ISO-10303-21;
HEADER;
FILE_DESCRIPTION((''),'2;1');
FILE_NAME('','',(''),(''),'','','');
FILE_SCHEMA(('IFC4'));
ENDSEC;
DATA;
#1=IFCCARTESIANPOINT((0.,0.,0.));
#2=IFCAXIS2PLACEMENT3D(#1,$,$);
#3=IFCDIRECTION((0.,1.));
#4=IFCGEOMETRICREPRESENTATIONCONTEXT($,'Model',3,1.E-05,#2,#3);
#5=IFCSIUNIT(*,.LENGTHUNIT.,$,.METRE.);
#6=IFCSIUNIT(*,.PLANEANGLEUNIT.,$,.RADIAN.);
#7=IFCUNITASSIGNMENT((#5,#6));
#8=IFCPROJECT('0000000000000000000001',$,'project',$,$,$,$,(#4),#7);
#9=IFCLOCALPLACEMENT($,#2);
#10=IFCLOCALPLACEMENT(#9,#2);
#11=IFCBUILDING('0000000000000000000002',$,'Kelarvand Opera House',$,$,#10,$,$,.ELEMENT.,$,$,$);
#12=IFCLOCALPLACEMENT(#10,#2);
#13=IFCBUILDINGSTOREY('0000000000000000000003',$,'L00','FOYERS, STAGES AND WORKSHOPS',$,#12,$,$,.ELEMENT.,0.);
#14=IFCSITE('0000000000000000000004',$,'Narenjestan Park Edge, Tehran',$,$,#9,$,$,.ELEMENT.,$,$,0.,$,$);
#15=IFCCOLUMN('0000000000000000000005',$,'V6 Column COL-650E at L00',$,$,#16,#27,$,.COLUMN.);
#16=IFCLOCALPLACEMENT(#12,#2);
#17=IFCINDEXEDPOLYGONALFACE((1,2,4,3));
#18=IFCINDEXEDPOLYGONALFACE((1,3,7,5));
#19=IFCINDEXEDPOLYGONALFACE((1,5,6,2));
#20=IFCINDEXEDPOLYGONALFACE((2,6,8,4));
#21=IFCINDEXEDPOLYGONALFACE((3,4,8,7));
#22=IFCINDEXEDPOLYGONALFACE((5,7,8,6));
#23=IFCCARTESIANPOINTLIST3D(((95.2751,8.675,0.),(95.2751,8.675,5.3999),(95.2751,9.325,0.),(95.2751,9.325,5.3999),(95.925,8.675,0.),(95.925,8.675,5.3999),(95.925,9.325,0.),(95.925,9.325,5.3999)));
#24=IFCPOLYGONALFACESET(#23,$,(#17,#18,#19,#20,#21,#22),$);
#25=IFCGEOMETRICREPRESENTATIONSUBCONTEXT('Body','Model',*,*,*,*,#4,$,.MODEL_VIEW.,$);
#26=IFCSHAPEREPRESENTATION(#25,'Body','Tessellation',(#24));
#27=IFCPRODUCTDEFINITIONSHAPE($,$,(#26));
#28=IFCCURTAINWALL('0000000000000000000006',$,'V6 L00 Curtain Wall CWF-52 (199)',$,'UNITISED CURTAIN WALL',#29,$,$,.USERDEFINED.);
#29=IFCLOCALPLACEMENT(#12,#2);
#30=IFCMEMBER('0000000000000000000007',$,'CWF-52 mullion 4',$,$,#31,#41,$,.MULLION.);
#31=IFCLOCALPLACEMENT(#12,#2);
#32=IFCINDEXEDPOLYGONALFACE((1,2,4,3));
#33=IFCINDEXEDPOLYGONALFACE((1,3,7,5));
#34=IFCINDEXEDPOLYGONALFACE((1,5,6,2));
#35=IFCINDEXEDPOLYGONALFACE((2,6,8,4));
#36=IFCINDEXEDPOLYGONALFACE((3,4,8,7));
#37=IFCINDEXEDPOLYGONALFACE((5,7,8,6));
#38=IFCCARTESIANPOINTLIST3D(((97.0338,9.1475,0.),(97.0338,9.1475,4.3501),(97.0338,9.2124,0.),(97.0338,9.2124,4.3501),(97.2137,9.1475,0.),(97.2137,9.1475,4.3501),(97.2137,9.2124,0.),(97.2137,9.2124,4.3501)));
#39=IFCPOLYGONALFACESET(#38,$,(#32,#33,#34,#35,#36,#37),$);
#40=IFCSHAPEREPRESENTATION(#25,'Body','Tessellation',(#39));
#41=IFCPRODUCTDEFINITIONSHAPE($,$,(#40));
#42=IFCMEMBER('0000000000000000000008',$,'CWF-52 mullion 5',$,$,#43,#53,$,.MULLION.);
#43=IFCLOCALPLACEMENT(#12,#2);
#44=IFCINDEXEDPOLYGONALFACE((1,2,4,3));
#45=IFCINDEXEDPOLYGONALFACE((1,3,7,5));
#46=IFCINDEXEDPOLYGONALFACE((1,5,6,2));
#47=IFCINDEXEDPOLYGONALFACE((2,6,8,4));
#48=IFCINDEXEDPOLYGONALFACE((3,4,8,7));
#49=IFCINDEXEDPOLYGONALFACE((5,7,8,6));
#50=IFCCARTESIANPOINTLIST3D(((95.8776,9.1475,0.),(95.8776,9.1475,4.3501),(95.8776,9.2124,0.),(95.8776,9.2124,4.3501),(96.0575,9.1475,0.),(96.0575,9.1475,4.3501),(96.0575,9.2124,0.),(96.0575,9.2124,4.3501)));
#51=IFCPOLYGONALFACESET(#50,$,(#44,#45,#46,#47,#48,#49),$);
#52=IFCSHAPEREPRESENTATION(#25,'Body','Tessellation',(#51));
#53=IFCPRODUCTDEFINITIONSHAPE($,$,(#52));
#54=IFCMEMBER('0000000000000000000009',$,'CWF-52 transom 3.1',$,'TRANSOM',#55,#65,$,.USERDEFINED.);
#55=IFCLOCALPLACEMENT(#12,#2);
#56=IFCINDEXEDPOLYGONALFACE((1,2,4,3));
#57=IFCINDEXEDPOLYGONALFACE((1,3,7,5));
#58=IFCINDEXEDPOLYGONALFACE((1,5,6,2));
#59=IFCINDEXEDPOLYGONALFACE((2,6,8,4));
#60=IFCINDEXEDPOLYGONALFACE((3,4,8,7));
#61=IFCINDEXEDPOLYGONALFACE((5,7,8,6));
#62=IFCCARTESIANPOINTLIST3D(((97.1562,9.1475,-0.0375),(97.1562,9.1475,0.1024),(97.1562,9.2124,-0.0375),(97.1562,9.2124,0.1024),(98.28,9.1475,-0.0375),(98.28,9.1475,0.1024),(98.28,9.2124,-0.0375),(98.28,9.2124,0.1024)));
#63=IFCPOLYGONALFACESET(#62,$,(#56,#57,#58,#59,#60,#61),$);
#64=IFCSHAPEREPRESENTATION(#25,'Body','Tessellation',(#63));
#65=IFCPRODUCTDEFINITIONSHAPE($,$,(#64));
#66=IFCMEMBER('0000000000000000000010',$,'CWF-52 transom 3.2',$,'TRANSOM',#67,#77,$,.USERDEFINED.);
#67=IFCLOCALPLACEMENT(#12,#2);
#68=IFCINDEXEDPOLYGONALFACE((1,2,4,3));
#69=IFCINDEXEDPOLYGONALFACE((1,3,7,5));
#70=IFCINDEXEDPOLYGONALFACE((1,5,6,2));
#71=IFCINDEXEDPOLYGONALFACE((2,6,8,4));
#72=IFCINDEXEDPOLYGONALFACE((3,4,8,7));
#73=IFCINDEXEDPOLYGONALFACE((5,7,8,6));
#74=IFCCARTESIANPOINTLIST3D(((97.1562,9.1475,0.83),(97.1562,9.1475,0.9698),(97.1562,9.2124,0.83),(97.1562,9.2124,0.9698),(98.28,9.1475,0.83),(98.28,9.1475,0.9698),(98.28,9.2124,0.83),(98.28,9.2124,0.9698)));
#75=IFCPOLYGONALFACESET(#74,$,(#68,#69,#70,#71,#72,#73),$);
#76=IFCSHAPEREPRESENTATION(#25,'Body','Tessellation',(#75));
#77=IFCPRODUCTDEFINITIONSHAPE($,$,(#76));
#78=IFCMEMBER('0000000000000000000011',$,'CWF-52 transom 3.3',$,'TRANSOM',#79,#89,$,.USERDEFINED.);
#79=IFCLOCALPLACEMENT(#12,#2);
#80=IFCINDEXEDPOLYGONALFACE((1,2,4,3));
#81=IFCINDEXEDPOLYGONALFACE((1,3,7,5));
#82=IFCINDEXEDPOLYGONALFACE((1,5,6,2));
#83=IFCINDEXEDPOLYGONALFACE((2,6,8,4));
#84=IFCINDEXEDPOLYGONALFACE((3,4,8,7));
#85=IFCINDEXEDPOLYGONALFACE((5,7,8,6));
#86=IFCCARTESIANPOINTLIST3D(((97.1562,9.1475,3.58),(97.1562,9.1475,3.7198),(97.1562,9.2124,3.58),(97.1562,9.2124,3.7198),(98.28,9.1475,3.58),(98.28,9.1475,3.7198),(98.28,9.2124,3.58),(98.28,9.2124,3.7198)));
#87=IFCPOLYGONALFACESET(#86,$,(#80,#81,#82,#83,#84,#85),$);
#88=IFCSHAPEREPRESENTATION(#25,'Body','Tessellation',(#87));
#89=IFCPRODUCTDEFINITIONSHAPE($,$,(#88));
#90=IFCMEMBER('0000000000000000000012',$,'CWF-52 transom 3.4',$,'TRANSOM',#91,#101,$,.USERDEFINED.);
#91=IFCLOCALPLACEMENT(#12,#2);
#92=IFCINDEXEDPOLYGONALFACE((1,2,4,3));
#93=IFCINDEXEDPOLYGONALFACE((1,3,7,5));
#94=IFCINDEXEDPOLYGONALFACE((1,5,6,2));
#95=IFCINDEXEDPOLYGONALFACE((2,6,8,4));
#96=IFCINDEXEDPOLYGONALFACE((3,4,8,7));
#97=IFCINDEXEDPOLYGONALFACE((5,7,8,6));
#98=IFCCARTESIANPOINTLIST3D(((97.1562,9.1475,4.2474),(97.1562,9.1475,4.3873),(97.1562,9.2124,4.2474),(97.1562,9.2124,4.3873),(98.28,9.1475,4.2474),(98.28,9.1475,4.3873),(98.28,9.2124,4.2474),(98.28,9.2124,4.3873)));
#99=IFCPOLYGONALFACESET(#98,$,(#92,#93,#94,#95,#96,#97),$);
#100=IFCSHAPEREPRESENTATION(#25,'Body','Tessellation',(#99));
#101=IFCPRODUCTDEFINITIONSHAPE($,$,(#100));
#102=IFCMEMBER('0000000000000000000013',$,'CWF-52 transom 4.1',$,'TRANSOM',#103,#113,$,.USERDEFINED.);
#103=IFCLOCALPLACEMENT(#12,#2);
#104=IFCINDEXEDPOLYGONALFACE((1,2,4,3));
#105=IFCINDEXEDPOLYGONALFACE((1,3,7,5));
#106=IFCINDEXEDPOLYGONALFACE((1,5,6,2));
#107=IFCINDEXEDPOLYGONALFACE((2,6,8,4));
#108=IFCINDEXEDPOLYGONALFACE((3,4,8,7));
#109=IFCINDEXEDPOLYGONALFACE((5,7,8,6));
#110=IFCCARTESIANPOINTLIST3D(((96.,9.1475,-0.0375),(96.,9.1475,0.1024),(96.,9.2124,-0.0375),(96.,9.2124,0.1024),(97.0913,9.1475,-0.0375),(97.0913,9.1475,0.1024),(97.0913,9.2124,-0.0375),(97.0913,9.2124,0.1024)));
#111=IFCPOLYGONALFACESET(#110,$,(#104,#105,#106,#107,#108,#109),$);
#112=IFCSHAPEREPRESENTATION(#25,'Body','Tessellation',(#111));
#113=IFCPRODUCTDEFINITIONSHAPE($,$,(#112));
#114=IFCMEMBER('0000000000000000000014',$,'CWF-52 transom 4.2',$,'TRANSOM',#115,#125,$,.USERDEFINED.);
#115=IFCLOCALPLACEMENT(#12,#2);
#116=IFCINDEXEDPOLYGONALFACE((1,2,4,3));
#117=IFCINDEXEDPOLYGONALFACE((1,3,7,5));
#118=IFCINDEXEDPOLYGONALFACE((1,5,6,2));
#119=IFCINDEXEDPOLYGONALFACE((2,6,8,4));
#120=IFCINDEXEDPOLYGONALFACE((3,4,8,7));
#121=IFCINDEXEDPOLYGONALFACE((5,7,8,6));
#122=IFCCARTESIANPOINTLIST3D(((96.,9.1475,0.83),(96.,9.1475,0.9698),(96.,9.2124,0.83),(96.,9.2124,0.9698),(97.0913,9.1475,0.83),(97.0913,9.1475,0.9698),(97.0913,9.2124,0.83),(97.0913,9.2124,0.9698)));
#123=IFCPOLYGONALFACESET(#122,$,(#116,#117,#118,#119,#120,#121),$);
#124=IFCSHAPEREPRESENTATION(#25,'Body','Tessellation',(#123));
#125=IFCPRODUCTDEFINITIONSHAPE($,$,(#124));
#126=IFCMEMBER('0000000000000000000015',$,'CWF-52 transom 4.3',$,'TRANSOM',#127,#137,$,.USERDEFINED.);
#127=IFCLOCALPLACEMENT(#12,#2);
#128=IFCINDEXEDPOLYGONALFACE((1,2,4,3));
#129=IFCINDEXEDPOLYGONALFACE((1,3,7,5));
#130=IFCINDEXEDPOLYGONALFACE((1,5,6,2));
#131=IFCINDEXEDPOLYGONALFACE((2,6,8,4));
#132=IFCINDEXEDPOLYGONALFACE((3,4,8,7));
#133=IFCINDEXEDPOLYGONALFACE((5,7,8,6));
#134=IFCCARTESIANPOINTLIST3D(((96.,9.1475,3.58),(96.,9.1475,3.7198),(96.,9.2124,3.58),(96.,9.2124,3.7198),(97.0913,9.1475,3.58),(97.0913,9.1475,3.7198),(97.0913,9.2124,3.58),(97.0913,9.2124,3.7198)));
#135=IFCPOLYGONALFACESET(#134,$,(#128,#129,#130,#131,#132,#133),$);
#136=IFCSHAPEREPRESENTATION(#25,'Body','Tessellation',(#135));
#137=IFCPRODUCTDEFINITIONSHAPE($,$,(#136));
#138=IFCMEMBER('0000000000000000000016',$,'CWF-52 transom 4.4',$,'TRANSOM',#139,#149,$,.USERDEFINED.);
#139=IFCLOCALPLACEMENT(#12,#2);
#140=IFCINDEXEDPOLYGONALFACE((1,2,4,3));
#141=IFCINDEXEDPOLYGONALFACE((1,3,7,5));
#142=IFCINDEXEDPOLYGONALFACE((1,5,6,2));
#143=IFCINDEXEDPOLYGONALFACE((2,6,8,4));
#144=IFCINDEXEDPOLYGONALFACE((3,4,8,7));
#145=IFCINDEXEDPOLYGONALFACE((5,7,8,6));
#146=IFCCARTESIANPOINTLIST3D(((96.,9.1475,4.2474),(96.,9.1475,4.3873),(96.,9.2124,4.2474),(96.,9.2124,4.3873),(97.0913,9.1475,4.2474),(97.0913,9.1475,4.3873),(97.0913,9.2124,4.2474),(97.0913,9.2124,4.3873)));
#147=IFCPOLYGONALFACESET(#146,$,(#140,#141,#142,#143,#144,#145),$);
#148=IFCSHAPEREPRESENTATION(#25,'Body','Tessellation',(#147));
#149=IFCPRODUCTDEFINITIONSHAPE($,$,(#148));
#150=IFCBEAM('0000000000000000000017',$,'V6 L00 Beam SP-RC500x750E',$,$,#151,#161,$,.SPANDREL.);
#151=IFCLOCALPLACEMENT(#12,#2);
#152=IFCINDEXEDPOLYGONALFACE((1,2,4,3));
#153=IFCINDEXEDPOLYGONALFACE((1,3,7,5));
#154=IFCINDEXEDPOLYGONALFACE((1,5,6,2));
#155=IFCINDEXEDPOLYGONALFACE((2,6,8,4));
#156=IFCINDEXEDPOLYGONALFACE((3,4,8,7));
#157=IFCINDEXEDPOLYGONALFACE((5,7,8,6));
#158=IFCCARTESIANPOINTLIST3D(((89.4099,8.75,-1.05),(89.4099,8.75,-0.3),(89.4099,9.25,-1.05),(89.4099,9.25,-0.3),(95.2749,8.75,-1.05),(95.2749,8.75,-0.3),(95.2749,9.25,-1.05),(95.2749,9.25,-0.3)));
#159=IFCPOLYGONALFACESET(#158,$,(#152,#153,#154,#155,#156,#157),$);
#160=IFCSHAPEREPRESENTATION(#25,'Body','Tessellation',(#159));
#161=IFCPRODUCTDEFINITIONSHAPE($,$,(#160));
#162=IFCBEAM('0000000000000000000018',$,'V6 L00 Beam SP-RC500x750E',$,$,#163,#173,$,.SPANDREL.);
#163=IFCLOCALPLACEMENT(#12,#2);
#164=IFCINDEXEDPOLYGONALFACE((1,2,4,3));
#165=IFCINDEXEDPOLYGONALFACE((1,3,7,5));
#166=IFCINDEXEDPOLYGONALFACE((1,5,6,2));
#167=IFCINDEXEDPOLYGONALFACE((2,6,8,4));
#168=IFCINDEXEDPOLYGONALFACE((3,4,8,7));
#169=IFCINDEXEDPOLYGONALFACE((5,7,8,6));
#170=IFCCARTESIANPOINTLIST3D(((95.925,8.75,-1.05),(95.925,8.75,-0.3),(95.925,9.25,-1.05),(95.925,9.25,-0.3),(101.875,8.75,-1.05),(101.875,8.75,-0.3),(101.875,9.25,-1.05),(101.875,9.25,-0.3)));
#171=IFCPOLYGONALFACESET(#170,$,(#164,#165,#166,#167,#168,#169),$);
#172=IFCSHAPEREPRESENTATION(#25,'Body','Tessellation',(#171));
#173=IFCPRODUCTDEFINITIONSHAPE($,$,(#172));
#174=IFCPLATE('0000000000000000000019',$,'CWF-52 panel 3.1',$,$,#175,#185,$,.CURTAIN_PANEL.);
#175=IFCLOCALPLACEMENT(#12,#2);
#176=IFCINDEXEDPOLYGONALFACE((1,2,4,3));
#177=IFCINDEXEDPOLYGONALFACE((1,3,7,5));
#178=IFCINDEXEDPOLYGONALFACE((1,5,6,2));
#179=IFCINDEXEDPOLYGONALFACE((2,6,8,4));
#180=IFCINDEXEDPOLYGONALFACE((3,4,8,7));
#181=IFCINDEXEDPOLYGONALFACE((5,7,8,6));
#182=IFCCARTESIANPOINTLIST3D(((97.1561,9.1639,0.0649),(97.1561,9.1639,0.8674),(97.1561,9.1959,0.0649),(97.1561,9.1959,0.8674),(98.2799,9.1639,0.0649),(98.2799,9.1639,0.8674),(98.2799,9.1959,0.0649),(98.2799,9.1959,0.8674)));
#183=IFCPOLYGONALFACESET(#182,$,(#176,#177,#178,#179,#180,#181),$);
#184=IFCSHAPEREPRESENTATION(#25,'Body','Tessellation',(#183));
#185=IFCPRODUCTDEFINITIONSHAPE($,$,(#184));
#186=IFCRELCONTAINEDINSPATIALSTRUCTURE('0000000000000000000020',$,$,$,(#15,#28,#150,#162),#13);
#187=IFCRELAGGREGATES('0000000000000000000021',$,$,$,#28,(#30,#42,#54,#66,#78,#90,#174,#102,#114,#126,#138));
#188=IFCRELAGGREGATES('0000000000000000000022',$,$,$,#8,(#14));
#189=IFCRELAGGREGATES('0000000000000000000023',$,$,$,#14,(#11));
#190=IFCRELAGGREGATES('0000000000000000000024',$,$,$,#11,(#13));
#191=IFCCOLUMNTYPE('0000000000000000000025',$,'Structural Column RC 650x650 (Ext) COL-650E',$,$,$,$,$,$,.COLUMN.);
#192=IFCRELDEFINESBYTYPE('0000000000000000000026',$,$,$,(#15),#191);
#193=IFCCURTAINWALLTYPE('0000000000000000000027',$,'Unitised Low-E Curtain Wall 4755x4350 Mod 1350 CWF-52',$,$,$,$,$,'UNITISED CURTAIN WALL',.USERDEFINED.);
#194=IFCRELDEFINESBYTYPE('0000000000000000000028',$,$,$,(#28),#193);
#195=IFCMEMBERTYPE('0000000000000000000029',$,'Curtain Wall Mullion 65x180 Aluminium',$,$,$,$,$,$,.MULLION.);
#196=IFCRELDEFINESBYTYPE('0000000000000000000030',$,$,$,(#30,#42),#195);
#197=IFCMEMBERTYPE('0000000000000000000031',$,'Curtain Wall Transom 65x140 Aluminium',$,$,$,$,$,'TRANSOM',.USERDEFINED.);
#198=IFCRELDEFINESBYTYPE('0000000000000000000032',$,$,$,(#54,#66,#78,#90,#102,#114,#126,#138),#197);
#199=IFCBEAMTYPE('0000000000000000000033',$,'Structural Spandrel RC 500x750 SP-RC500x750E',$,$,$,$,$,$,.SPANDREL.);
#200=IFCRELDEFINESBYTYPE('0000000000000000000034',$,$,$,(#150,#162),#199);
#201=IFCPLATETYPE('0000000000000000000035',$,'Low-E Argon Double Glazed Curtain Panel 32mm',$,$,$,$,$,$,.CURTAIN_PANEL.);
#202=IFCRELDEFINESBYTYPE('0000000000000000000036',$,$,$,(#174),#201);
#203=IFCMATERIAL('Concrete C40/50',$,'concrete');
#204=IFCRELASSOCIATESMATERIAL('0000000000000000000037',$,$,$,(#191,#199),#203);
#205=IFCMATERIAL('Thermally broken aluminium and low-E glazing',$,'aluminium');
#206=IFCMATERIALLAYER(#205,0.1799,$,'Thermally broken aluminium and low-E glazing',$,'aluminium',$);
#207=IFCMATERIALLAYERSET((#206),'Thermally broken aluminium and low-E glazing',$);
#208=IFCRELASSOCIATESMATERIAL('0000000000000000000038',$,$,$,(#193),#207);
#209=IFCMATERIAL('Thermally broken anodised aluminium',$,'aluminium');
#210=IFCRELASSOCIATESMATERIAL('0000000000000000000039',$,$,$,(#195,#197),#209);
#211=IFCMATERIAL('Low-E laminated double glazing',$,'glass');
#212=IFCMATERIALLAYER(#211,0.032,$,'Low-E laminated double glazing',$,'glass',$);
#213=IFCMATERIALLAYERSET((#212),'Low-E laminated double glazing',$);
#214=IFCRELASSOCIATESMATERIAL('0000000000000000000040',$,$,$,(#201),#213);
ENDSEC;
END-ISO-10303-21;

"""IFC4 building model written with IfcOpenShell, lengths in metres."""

from ifc_helpers import new_model, si_unit, direction, frame, origin, origin_2d, place, context, subcontext, project, spatial, rectangle, extrude, material, layer, layer_set, material_profile, profile_set, type_object, element, aggregate, save


model = new_model("IFC4")

# Units and contexts
model_context = context("Model", 3, precision=1e-05, world=origin(), true_north=direction((0.0, 1.0)))
body_context = subcontext(model_context, "Body", "Model", "MODEL_VIEW")
ifc_project = project(units=[si_unit("LENGTHUNIT", "METRE"), si_unit("PLANEANGLEUNIT", "RADIAN")], contexts=[model_context])

# Site, building, storey
site_placement = place(None, origin())
site = spatial("IfcSite", under=ifc_project, at=site_placement, Name="Narenjestan Park Edge, Tehran", CompositionType="ELEMENT", RefElevation=0.0)
building_placement = place(site_placement, origin())
building = spatial("IfcBuilding", under=site, at=building_placement, Name="Kelarvand Opera House", CompositionType="ELEMENT")
storey_placement = place(building_placement, origin())
storey = spatial("IfcBuildingStorey", under=building, at=storey_placement, Name="L00", Description="FOYERS, STAGES AND WORKSHOPS", CompositionType="ELEMENT", Elevation=0.0)

# Column
ifc_material_1 = material(Name="Concrete C40/50", Category="concrete")
ifc_material_profile_1 = material_profile(ifc_material_1, rectangle(XDim=0.6499, YDim=0.6499, at=origin_2d()), Name="RC 650x650", Category="concrete")
ifc_profile_set_1 = profile_set([ifc_material_profile_1], Name="Concrete C40/50")
column_type = type_object("IfcColumnType", Name="Structural Column RC 650x650 (Ext) COL-650E", PredefinedType="COLUMN", material=ifc_profile_set_1)
column_placement = place(storey_placement, frame((95.6001, 9.0, 0.0), z_axis=(0.0, 0.0, 1.0), x_axis=(1.0, 0.0, 0.0)))
element("IfcColumn", 1, at=column_placement, inside=storey, type_object=column_type, Name="V6 Column COL-650E at L00", PredefinedType="COLUMN", context=body_context, shape_type="SweptSolid", body=[
    extrude(rectangle(XDim=0.6499, YDim=0.6499, at=origin_2d()), origin(), (0.0, 0.0, 1.0), 5.3999),
])

# Curtain wall, members
ifc_material_2 = material(Name="Thermally broken aluminium and low-E glazing", Category="aluminium")
ifc_layer_1 = layer(ifc_material_2, 0.1799, Name="Thermally broken aluminium and low-E glazing", Category="aluminium")
ifc_layer_set_1 = layer_set([ifc_layer_1], Name="Thermally broken aluminium and low-E glazing")
curtain_wall_type = type_object("IfcCurtainWallType", Name="Unitised Low-E Curtain Wall 4755x4350 Mod 1350 CWF-52", ElementType="UNITISED CURTAIN WALL", PredefinedType="USERDEFINED", material=ifc_layer_set_1)
curtain_wall_placement = place(storey_placement, origin())
curtain_wall = element("IfcCurtainWall", 2, at=curtain_wall_placement, inside=storey, type_object=curtain_wall_type, Name="V6 L00 Curtain Wall CWF-52 (199)", ObjectType="UNITISED CURTAIN WALL", PredefinedType="USERDEFINED")
ifc_material_3 = material(Name="Thermally broken anodised aluminium", Category="aluminium")
ifc_material_profile_2 = material_profile(ifc_material_3, rectangle(XDim=0.0649, YDim=0.1799, at=origin_2d()), Name="ALU MULLION 65x180", Category="aluminium")
ifc_profile_set_2 = profile_set([ifc_material_profile_2], Name="Thermally broken anodised aluminium")
member_type_1 = type_object("IfcMemberType", Name="Curtain Wall Mullion 65x180 Aluminium", PredefinedType="MULLION", material=ifc_profile_set_2)
member_1_placement = place(storey_placement, frame((97.1238, 9.1799, 0.0), z_axis=(0.0, 0.0, 1.0), x_axis=(0.0, -1.0, 0.0)))
member_1 = element("IfcMember", 3, at=member_1_placement, type_object=member_type_1, Name="CWF-52 mullion 4", PredefinedType="MULLION", context=body_context, shape_type="SweptSolid", body=[
    extrude(rectangle(XDim=0.0649, YDim=0.1799, at=origin_2d()), origin(), (0.0, 0.0, 1.0), 4.3501),
])
member_2_placement = place(storey_placement, frame((95.9675, 9.1799, 0.0), z_axis=(0.0, 0.0, 1.0), x_axis=(0.0, -1.0, 0.0)))
member_2 = element("IfcMember", 4, at=member_2_placement, type_object=member_type_1, Name="CWF-52 mullion 5", PredefinedType="MULLION", context=body_context, shape_type="SweptSolid", body=[
    extrude(rectangle(XDim=0.0649, YDim=0.1799, at=origin_2d()), origin(), (0.0, 0.0, 1.0), 4.3501),
])
ifc_material_profile_3 = material_profile(ifc_material_3, rectangle(XDim=0.0649, YDim=0.1399, at=origin_2d()), Name="ALU TRANSOM 65x140", Category="aluminium")
ifc_profile_set_3 = profile_set([ifc_material_profile_3], Name="Thermally broken anodised aluminium")
member_type_2 = type_object("IfcMemberType", Name="Curtain Wall Transom 65x140 Aluminium", ElementType="TRANSOM", PredefinedType="USERDEFINED", material=ifc_profile_set_3)
member_3_placement = place(storey_placement, frame((98.28, 9.1799, 0.0325), z_axis=(-1.0, 0.0, 0.0), x_axis=(0.0, -1.0, 0.0)))
member_3 = element("IfcMember", 5, at=member_3_placement, type_object=member_type_2, Name="CWF-52 transom 3.1", ObjectType="TRANSOM", PredefinedType="USERDEFINED", context=body_context, shape_type="SweptSolid", body=[
    extrude(rectangle(XDim=0.0649, YDim=0.1399, at=origin_2d()), origin(), (0.0, 0.0, 1.0), 1.1238),
])
member_4_placement = place(storey_placement, frame((98.28, 9.1799, 0.8999), z_axis=(-1.0, 0.0, 0.0), x_axis=(0.0, -1.0, 0.0)))
member_4 = element("IfcMember", 6, at=member_4_placement, type_object=member_type_2, Name="CWF-52 transom 3.2", ObjectType="TRANSOM", PredefinedType="USERDEFINED", context=body_context, shape_type="SweptSolid", body=[
    extrude(rectangle(XDim=0.0649, YDim=0.1399, at=origin_2d()), origin(), (0.0, 0.0, 1.0), 1.1238),
])
member_5_placement = place(storey_placement, frame((98.28, 9.1799, 3.6499), z_axis=(-1.0, 0.0, 0.0), x_axis=(0.0, -1.0, 0.0)))
member_5 = element("IfcMember", 7, at=member_5_placement, type_object=member_type_2, Name="CWF-52 transom 3.3", ObjectType="TRANSOM", PredefinedType="USERDEFINED", context=body_context, shape_type="SweptSolid", body=[
    extrude(rectangle(XDim=0.0649, YDim=0.1399, at=origin_2d()), origin(), (0.0, 0.0, 1.0), 1.1238),
])
member_6_placement = place(storey_placement, frame((98.28, 9.1799, 4.3174), z_axis=(-1.0, 0.0, 0.0), x_axis=(0.0, -1.0, 0.0)))
member_6 = element("IfcMember", 8, at=member_6_placement, type_object=member_type_2, Name="CWF-52 transom 3.4", ObjectType="TRANSOM", PredefinedType="USERDEFINED", context=body_context, shape_type="SweptSolid", body=[
    extrude(rectangle(XDim=0.0649, YDim=0.1399, at=origin_2d()), origin(), (0.0, 0.0, 1.0), 1.1238),
])
member_7_placement = place(storey_placement, frame((97.0913, 9.1799, 0.0325), z_axis=(-1.0, 0.0, 0.0), x_axis=(0.0, -1.0, 0.0)))
member_7 = element("IfcMember", 9, at=member_7_placement, type_object=member_type_2, Name="CWF-52 transom 4.1", ObjectType="TRANSOM", PredefinedType="USERDEFINED", context=body_context, shape_type="SweptSolid", body=[
    extrude(rectangle(XDim=0.0649, YDim=0.1399, at=origin_2d()), origin(), (0.0, 0.0, 1.0), 1.0913),
])
member_8_placement = place(storey_placement, frame((97.0913, 9.1799, 0.8999), z_axis=(-1.0, 0.0, 0.0), x_axis=(0.0, -1.0, 0.0)))
member_8 = element("IfcMember", 10, at=member_8_placement, type_object=member_type_2, Name="CWF-52 transom 4.2", ObjectType="TRANSOM", PredefinedType="USERDEFINED", context=body_context, shape_type="SweptSolid", body=[
    extrude(rectangle(XDim=0.0649, YDim=0.1399, at=origin_2d()), origin(), (0.0, 0.0, 1.0), 1.0913),
])
member_9_placement = place(storey_placement, frame((97.0913, 9.1799, 3.6499), z_axis=(-1.0, 0.0, 0.0), x_axis=(0.0, -1.0, 0.0)))
member_9 = element("IfcMember", 11, at=member_9_placement, type_object=member_type_2, Name="CWF-52 transom 4.3", ObjectType="TRANSOM", PredefinedType="USERDEFINED", context=body_context, shape_type="SweptSolid", body=[
    extrude(rectangle(XDim=0.0649, YDim=0.1399, at=origin_2d()), origin(), (0.0, 0.0, 1.0), 1.0913),
])
member_10_placement = place(storey_placement, frame((97.0913, 9.1799, 4.3174), z_axis=(-1.0, 0.0, 0.0), x_axis=(0.0, -1.0, 0.0)))
member_10 = element("IfcMember", 12, at=member_10_placement, type_object=member_type_2, Name="CWF-52 transom 4.4", ObjectType="TRANSOM", PredefinedType="USERDEFINED", context=body_context, shape_type="SweptSolid", body=[
    extrude(rectangle(XDim=0.0649, YDim=0.1399, at=origin_2d()), origin(), (0.0, 0.0, 1.0), 1.0913),
])

# Beams
ifc_material_profile_4 = material_profile(ifc_material_1, rectangle(XDim=0.5, YDim=0.75, at=origin_2d()), Name="RC 500x750", Category="concrete")
ifc_profile_set_4 = profile_set([ifc_material_profile_4], Name="Concrete C40/50")
beam_type = type_object("IfcBeamType", Name="Structural Spandrel RC 500x750 SP-RC500x750E", PredefinedType="SPANDREL", material=ifc_profile_set_4)
beam_1_placement = place(storey_placement, frame((89.4099, 9.0, -0.675), z_axis=(1.0, 0.0, 0.0), x_axis=(0.0, 1.0, 0.0)))
element("IfcBeam", 13, at=beam_1_placement, inside=storey, type_object=beam_type, Name="V6 L00 Beam SP-RC500x750E", PredefinedType="SPANDREL", context=body_context, shape_type="SweptSolid", body=[
    extrude(rectangle(XDim=0.5, YDim=0.75, at=origin_2d()), origin(), (0.0, 0.0, 1.0), 5.865),
])
beam_2_placement = place(storey_placement, frame((95.925, 9.0, -0.675), z_axis=(1.0, 0.0, 0.0), x_axis=(0.0, 1.0, 0.0)))
element("IfcBeam", 14, at=beam_2_placement, inside=storey, type_object=beam_type, Name="V6 L00 Beam SP-RC500x750E", PredefinedType="SPANDREL", context=body_context, shape_type="SweptSolid", body=[
    extrude(rectangle(XDim=0.5, YDim=0.75, at=origin_2d()), origin(), (0.0, 0.0, 1.0), 5.95),
])

# Plate
ifc_material_4 = material(Name="Low-E laminated double glazing", Category="glass")
ifc_layer_2 = layer(ifc_material_4, 0.032, Name="Low-E laminated double glazing", Category="glass")
ifc_layer_set_2 = layer_set([ifc_layer_2], Name="Low-E laminated double glazing")
plate_type = type_object("IfcPlateType", Name="Low-E Argon Double Glazed Curtain Panel 32mm", PredefinedType="CURTAIN_PANEL", material=ifc_layer_set_2)
plate_1_placement = place(storey_placement, frame((97.718, 9.1799, 0.0649), z_axis=(0.0, 0.0, 1.0), x_axis=(-1.0, 0.0, 0.0)))
plate_1 = element("IfcPlate", 15, at=plate_1_placement, type_object=plate_type, Name="CWF-52 panel 3.1", PredefinedType="CURTAIN_PANEL", context=body_context, shape_type="SweptSolid", body=[
    extrude(rectangle(XDim=1.1238, YDim=0.032, at=origin_2d()), origin(), (0.0, 0.0, 1.0), 0.8025),
])
aggregate(curtain_wall, [member_1, member_2, member_3, member_4, member_5, member_6, plate_1, member_7, member_8, member_9, member_10])

save(model, "model.ifc")
